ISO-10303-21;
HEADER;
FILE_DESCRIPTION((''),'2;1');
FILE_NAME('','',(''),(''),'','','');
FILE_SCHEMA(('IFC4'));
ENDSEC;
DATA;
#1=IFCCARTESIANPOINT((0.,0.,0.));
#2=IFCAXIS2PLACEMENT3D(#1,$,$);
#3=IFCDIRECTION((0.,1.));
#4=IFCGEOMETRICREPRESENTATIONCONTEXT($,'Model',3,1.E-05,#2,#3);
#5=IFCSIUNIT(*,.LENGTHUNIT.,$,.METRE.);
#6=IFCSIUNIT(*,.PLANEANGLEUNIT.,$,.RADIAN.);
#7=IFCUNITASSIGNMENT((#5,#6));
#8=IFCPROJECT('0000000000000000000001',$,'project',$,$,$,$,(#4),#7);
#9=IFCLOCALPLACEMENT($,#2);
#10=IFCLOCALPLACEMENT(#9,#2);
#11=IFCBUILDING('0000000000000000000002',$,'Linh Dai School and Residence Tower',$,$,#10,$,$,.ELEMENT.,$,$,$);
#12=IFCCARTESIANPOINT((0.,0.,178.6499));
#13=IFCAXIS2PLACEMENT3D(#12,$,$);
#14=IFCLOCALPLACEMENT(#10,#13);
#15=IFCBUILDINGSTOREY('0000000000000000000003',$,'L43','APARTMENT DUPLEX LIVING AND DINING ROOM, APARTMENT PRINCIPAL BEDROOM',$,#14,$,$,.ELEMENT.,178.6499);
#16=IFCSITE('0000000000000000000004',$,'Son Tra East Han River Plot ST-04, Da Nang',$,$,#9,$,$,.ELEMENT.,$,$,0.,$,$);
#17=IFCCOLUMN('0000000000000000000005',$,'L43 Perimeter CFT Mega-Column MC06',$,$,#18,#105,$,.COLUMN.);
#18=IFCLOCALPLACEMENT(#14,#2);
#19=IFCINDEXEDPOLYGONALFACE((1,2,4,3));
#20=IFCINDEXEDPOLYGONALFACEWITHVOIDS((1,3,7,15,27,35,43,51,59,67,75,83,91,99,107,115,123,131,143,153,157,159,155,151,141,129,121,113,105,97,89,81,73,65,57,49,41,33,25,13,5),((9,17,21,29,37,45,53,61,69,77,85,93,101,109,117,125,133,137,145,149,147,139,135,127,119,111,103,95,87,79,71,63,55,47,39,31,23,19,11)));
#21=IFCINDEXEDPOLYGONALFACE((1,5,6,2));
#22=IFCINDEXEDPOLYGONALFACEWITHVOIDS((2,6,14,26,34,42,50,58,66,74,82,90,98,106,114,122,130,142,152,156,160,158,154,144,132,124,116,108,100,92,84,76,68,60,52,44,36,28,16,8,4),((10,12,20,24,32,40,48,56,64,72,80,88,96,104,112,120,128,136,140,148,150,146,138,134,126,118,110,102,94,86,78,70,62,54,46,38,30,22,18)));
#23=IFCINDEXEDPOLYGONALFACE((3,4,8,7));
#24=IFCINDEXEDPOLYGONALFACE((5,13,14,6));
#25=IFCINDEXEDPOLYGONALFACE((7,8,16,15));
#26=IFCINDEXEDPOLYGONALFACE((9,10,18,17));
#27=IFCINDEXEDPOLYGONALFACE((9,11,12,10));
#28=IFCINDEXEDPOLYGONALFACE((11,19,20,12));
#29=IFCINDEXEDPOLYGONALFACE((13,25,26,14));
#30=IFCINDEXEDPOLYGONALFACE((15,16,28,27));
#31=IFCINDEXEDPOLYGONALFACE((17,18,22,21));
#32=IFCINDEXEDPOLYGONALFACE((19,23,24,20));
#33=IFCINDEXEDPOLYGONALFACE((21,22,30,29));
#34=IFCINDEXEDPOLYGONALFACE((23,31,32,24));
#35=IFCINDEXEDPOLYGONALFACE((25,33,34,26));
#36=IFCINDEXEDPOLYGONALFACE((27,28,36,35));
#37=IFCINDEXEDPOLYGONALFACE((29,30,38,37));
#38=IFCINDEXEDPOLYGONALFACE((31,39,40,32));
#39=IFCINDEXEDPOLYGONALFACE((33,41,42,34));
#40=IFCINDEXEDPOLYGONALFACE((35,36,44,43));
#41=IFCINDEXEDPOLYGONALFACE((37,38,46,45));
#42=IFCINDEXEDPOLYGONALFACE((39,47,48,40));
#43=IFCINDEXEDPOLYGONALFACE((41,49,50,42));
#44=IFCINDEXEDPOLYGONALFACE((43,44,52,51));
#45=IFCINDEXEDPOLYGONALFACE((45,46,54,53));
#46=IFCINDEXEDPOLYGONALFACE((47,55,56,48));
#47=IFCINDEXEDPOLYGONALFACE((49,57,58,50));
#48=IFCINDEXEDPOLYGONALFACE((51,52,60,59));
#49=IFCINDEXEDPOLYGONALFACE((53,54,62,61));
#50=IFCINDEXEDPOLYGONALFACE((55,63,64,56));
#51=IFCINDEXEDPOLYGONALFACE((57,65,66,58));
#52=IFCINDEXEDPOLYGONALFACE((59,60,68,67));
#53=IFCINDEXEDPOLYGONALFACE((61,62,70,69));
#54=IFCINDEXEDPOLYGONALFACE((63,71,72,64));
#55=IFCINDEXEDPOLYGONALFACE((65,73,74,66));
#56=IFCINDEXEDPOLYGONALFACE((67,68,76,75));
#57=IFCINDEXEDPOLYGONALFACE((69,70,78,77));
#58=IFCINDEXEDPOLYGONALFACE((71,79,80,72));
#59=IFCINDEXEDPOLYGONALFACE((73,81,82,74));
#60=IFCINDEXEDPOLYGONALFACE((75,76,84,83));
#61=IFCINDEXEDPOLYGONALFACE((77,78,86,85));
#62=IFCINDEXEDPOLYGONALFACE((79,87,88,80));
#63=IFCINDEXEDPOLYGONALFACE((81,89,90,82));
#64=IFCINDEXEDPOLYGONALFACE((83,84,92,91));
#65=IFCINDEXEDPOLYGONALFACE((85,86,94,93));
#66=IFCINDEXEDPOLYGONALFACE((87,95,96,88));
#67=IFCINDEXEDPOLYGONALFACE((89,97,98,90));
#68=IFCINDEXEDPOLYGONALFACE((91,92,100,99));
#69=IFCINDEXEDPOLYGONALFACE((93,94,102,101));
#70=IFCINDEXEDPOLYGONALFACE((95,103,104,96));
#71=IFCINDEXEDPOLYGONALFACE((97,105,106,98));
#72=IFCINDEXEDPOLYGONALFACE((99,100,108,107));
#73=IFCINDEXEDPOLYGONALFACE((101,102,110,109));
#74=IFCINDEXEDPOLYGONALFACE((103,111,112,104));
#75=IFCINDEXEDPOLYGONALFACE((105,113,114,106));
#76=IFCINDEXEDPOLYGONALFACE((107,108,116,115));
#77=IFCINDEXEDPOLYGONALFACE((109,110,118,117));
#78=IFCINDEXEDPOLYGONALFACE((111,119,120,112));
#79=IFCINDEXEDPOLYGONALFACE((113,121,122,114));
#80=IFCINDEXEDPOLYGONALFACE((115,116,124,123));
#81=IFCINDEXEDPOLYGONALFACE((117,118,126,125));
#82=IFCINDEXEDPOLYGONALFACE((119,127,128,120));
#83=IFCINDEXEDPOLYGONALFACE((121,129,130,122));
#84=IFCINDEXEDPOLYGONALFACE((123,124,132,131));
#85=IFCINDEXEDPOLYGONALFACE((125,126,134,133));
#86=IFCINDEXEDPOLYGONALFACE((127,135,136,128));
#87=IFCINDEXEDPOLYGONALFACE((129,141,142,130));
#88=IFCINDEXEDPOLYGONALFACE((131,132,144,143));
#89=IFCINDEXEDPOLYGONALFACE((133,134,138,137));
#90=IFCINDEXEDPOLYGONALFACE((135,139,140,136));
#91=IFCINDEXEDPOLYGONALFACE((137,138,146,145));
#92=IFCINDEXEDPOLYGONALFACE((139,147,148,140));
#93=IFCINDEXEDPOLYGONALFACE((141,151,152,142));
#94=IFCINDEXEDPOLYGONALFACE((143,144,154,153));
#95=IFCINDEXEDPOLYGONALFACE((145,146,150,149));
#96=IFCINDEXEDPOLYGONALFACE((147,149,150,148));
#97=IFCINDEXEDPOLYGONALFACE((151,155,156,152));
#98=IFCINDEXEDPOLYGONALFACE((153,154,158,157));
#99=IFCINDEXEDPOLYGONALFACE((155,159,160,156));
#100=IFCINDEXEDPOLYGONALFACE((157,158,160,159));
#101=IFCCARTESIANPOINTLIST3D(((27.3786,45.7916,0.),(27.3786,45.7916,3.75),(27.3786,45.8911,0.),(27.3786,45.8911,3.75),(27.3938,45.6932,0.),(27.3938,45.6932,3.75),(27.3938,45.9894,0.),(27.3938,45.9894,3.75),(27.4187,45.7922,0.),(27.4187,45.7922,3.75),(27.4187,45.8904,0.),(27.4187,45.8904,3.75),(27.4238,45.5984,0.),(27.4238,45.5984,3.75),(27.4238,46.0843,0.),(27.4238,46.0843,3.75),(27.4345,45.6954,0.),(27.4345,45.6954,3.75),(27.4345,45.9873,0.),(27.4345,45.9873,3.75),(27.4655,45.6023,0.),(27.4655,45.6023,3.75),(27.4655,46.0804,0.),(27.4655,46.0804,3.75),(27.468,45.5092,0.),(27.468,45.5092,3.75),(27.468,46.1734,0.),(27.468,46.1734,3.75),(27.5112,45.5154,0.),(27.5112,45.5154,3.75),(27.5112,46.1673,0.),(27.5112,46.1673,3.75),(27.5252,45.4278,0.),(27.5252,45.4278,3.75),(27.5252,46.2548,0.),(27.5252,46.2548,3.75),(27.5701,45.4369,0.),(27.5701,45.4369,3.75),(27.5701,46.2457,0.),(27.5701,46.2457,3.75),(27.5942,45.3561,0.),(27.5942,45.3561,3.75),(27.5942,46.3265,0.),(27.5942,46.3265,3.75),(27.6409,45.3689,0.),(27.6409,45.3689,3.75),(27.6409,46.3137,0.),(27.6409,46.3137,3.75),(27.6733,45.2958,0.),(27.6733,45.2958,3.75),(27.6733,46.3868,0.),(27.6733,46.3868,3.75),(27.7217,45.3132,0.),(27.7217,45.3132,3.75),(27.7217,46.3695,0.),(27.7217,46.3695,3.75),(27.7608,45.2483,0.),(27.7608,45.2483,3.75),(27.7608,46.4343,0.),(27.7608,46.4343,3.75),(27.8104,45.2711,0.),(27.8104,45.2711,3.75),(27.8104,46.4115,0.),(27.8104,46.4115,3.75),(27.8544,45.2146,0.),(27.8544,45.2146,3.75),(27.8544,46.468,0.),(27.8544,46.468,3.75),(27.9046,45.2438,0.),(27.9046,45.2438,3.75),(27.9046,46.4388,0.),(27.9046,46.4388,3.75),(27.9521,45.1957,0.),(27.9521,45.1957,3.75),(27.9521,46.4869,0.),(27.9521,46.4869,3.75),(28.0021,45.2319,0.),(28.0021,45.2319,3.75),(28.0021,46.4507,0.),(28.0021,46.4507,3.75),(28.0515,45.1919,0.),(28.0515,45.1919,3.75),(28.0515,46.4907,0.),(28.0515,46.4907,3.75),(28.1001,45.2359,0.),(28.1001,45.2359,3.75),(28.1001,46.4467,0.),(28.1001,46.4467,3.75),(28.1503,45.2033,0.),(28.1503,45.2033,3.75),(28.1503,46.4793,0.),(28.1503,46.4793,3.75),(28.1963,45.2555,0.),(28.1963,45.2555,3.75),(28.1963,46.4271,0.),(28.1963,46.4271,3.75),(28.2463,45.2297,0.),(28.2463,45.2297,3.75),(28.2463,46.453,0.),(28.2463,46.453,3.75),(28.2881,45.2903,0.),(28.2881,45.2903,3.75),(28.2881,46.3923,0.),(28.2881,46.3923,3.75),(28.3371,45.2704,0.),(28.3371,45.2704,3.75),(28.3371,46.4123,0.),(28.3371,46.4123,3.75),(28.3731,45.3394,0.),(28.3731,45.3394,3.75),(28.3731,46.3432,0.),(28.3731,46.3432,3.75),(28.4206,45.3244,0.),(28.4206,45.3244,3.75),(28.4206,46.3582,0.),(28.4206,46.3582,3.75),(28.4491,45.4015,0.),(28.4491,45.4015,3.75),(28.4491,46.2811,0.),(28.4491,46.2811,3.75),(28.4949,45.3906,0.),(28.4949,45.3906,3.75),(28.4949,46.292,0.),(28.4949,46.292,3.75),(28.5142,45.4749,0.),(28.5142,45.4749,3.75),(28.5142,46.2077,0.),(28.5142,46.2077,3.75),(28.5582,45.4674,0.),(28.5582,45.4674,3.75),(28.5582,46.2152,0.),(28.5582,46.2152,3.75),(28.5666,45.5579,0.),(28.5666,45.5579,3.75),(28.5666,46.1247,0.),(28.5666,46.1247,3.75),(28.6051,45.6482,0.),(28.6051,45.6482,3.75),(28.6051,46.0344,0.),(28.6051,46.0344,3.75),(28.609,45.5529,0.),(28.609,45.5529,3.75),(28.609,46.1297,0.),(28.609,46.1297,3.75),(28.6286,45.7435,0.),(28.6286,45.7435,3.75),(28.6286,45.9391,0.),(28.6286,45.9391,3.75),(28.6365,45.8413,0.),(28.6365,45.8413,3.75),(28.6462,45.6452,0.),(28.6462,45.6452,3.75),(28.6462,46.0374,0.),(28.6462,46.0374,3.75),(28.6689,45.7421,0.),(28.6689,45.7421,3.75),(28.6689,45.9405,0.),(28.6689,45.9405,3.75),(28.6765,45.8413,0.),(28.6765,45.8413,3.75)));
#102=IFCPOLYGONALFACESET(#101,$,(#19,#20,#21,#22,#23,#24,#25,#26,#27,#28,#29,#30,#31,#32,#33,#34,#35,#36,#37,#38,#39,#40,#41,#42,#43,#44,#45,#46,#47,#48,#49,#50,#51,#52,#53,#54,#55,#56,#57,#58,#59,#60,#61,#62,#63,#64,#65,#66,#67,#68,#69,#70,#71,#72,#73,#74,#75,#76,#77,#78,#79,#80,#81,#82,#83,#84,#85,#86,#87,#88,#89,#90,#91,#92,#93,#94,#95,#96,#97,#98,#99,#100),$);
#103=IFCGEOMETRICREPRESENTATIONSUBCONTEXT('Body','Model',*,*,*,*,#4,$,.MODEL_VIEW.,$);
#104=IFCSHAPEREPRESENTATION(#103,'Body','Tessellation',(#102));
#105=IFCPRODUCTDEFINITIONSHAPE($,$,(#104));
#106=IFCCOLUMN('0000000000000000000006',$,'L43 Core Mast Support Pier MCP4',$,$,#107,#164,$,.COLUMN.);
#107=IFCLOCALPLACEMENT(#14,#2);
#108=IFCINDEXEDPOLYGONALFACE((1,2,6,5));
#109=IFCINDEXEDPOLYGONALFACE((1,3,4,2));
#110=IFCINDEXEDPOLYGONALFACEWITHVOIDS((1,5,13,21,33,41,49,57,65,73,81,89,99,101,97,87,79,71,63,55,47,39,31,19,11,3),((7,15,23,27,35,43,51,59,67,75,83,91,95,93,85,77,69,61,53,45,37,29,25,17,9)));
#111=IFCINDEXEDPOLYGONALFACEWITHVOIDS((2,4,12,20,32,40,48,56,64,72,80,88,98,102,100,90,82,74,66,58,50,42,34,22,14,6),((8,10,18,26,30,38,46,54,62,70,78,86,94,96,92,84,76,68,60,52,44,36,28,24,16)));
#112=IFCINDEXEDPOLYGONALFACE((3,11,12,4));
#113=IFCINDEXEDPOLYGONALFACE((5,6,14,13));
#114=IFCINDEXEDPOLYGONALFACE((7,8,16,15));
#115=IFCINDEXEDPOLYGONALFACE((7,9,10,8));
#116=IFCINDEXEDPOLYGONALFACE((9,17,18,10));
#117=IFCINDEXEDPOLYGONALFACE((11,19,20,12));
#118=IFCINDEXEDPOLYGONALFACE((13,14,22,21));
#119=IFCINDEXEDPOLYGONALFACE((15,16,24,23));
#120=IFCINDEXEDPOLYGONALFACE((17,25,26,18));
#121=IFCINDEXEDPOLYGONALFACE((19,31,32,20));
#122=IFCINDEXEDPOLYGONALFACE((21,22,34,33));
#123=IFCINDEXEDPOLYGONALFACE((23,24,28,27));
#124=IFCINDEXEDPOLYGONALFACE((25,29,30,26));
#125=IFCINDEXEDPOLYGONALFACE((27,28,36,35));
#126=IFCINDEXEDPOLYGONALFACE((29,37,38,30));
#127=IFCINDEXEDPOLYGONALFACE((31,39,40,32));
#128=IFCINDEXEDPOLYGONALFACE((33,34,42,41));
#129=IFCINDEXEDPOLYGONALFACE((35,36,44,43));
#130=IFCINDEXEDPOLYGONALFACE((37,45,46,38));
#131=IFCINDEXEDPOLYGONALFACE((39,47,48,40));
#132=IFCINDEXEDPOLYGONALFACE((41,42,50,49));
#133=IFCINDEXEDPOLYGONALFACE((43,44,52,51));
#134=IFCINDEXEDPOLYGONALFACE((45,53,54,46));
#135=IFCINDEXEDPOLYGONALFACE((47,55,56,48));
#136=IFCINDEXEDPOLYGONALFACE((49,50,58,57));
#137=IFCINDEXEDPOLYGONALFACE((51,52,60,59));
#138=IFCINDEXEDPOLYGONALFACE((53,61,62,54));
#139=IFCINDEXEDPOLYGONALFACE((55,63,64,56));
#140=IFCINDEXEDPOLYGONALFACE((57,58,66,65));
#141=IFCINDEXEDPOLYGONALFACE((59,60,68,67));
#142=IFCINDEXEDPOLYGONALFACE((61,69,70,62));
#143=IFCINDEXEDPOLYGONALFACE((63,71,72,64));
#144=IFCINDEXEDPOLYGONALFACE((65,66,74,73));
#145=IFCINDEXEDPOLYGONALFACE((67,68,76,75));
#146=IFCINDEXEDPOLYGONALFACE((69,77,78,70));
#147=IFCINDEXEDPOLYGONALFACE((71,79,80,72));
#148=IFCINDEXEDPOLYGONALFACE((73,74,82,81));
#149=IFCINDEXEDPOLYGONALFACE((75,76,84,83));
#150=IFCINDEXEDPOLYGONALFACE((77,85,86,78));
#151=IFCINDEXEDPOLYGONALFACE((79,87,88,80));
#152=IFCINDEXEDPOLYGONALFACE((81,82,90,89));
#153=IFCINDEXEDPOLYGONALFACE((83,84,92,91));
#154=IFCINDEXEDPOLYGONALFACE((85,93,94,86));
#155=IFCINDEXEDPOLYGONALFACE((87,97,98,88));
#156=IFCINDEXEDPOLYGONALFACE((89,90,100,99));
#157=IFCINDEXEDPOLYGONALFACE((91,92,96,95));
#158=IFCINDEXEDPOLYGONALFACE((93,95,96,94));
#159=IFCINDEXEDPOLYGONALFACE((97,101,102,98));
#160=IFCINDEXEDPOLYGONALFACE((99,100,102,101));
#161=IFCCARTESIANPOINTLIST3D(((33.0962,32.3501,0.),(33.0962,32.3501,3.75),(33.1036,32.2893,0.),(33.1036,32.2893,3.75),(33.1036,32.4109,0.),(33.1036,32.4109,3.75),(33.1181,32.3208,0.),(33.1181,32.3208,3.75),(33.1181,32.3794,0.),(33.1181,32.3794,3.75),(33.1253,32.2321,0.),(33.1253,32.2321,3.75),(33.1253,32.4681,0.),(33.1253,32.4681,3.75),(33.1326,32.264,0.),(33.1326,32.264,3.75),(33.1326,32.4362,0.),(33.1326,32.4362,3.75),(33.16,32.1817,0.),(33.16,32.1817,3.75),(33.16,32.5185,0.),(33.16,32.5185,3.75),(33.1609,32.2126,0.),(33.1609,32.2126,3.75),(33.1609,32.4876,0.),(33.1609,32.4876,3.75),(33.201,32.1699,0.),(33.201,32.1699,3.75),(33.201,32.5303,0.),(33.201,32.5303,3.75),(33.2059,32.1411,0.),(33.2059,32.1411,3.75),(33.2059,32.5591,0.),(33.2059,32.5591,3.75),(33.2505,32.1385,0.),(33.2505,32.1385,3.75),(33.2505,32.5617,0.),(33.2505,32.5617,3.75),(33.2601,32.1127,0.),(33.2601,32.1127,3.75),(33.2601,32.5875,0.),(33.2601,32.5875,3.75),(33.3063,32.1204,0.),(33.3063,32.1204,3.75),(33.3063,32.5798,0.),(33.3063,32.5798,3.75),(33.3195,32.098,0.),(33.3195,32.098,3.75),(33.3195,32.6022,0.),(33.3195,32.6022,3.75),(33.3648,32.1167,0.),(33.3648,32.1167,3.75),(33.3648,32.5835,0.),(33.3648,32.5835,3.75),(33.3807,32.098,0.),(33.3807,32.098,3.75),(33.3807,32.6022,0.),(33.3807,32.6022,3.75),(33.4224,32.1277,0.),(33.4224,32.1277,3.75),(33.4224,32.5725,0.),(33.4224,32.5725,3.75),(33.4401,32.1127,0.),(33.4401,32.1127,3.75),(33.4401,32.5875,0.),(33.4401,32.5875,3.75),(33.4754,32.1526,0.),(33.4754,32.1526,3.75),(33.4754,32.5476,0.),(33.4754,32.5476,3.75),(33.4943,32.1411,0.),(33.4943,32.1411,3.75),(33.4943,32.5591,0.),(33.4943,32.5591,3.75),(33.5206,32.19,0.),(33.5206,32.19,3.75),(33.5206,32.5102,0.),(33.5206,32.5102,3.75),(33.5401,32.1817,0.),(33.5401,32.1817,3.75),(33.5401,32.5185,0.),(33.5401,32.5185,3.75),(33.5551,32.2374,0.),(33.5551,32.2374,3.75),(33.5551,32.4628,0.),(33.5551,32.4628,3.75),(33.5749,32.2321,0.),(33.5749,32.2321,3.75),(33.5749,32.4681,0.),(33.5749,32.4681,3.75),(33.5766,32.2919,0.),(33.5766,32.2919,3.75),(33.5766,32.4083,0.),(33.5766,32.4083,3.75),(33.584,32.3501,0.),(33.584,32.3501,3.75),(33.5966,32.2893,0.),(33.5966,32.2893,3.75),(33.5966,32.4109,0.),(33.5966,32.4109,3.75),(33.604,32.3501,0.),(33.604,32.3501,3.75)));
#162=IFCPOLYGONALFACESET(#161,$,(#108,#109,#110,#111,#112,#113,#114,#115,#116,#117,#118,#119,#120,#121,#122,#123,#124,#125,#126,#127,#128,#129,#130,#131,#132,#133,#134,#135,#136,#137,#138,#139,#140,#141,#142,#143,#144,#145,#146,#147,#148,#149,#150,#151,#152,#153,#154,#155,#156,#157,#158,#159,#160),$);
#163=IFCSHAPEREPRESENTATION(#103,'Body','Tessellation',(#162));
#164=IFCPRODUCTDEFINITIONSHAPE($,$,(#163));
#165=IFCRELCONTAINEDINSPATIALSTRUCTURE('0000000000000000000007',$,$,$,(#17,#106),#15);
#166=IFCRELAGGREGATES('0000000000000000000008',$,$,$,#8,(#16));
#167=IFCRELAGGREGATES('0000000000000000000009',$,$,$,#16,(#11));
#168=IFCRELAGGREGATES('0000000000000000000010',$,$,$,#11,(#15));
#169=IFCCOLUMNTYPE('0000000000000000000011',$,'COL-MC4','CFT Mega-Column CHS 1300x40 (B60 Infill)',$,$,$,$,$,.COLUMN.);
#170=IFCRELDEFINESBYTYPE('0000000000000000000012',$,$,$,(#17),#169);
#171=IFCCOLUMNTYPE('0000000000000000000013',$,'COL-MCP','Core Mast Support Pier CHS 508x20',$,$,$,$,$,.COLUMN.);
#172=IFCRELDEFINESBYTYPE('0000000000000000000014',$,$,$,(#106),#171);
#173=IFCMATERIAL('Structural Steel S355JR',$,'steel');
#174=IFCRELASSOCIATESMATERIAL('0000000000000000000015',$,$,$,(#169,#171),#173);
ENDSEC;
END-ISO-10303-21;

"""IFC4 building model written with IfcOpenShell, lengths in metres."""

from ifc_helpers import new_model, si_unit, direction, frame, origin, origin_2d, place, context, subcontext, project, spatial, hollow_circle, extrude, material, material_profile, profile_set, type_object, element, save


model = new_model("IFC4")

# Units and contexts
model_context = context("Model", 3, precision=1e-05, world=origin(), true_north=direction((0.0, 1.0)))
body_context = subcontext(model_context, "Body", "Model", "MODEL_VIEW")
ifc_project = project(units=[si_unit("LENGTHUNIT", "METRE"), si_unit("PLANEANGLEUNIT", "RADIAN")], contexts=[model_context])

# Site, building, storey
site_placement = place(None, origin())
site = spatial("IfcSite", under=ifc_project, at=site_placement, Name="Son Tra East Han River Plot ST-04, Da Nang", CompositionType="ELEMENT", RefElevation=0.0)
building_placement = place(site_placement, origin())
building = spatial("IfcBuilding", under=site, at=building_placement, Name="Linh Dai School and Residence Tower", CompositionType="ELEMENT")
storey_placement = place(building_placement, frame((0.0, 0.0, 178.6499)))
storey = spatial("IfcBuildingStorey", under=building, at=storey_placement, Name="L43", Description="APARTMENT DUPLEX LIVING AND DINING ROOM, APARTMENT PRINCIPAL BEDROOM", CompositionType="ELEMENT", Elevation=178.6499)

# Columns
ifc_material_1 = material(Name="Structural Steel S355JR", Category="steel")
ifc_material_profile_1 = material_profile(ifc_material_1, hollow_circle(Radius=0.6499, WallThickness=0.04, at=origin_2d()), Name="CHS 1300x40")
ifc_profile_set_1 = profile_set([ifc_material_profile_1], Name="Structural Steel S355JR")
column_type_1 = type_object("IfcColumnType", Name="COL-MC4", Description="CFT Mega-Column CHS 1300x40 (B60 Infill)", PredefinedType="COLUMN", material=ifc_profile_set_1)
for number, where, z_axis, x_axis, name in (
    (1, (28.0266, 45.8413, 0.0), (0.0, 0.0, 1.0), (1.0, 0.0, 0.0), "L43 Perimeter CFT Mega-Column MC06"),
):
    element("IfcColumn", number, at=place(storey_placement, frame(where, z_axis=z_axis, x_axis=x_axis)), inside=storey, type_object=column_type_1, Name=name, PredefinedType="COLUMN", context=body_context, shape_type="SweptSolid", body=[
        extrude(hollow_circle(Radius=0.6499, WallThickness=0.04, at=origin_2d()), origin(), (0.0, 0.0, 1.0), 3.75),
    ])
ifc_material_profile_2 = material_profile(ifc_material_1, hollow_circle(Radius=0.2539, WallThickness=0.02, at=origin_2d()), Name="CHS 508x20")
ifc_profile_set_2 = profile_set([ifc_material_profile_2], Name="Structural Steel S355JR")
column_type_2 = type_object("IfcColumnType", Name="COL-MCP", Description="Core Mast Support Pier CHS 508x20", PredefinedType="COLUMN", material=ifc_profile_set_2)
column_1_placement = place(storey_placement, frame((33.3501, 32.3501, 0.0), z_axis=(0.0, 0.0, 1.0), x_axis=(1.0, 0.0, 0.0)))
element("IfcColumn", 2, at=column_1_placement, inside=storey, type_object=column_type_2, Name="L43 Core Mast Support Pier MCP4", PredefinedType="COLUMN", context=body_context, shape_type="SweptSolid", body=[
    extrude(hollow_circle(Radius=0.2539, WallThickness=0.02, at=origin_2d()), origin(), (0.0, 0.0, 1.0), 3.75),
])

save(model, "model.ifc")
